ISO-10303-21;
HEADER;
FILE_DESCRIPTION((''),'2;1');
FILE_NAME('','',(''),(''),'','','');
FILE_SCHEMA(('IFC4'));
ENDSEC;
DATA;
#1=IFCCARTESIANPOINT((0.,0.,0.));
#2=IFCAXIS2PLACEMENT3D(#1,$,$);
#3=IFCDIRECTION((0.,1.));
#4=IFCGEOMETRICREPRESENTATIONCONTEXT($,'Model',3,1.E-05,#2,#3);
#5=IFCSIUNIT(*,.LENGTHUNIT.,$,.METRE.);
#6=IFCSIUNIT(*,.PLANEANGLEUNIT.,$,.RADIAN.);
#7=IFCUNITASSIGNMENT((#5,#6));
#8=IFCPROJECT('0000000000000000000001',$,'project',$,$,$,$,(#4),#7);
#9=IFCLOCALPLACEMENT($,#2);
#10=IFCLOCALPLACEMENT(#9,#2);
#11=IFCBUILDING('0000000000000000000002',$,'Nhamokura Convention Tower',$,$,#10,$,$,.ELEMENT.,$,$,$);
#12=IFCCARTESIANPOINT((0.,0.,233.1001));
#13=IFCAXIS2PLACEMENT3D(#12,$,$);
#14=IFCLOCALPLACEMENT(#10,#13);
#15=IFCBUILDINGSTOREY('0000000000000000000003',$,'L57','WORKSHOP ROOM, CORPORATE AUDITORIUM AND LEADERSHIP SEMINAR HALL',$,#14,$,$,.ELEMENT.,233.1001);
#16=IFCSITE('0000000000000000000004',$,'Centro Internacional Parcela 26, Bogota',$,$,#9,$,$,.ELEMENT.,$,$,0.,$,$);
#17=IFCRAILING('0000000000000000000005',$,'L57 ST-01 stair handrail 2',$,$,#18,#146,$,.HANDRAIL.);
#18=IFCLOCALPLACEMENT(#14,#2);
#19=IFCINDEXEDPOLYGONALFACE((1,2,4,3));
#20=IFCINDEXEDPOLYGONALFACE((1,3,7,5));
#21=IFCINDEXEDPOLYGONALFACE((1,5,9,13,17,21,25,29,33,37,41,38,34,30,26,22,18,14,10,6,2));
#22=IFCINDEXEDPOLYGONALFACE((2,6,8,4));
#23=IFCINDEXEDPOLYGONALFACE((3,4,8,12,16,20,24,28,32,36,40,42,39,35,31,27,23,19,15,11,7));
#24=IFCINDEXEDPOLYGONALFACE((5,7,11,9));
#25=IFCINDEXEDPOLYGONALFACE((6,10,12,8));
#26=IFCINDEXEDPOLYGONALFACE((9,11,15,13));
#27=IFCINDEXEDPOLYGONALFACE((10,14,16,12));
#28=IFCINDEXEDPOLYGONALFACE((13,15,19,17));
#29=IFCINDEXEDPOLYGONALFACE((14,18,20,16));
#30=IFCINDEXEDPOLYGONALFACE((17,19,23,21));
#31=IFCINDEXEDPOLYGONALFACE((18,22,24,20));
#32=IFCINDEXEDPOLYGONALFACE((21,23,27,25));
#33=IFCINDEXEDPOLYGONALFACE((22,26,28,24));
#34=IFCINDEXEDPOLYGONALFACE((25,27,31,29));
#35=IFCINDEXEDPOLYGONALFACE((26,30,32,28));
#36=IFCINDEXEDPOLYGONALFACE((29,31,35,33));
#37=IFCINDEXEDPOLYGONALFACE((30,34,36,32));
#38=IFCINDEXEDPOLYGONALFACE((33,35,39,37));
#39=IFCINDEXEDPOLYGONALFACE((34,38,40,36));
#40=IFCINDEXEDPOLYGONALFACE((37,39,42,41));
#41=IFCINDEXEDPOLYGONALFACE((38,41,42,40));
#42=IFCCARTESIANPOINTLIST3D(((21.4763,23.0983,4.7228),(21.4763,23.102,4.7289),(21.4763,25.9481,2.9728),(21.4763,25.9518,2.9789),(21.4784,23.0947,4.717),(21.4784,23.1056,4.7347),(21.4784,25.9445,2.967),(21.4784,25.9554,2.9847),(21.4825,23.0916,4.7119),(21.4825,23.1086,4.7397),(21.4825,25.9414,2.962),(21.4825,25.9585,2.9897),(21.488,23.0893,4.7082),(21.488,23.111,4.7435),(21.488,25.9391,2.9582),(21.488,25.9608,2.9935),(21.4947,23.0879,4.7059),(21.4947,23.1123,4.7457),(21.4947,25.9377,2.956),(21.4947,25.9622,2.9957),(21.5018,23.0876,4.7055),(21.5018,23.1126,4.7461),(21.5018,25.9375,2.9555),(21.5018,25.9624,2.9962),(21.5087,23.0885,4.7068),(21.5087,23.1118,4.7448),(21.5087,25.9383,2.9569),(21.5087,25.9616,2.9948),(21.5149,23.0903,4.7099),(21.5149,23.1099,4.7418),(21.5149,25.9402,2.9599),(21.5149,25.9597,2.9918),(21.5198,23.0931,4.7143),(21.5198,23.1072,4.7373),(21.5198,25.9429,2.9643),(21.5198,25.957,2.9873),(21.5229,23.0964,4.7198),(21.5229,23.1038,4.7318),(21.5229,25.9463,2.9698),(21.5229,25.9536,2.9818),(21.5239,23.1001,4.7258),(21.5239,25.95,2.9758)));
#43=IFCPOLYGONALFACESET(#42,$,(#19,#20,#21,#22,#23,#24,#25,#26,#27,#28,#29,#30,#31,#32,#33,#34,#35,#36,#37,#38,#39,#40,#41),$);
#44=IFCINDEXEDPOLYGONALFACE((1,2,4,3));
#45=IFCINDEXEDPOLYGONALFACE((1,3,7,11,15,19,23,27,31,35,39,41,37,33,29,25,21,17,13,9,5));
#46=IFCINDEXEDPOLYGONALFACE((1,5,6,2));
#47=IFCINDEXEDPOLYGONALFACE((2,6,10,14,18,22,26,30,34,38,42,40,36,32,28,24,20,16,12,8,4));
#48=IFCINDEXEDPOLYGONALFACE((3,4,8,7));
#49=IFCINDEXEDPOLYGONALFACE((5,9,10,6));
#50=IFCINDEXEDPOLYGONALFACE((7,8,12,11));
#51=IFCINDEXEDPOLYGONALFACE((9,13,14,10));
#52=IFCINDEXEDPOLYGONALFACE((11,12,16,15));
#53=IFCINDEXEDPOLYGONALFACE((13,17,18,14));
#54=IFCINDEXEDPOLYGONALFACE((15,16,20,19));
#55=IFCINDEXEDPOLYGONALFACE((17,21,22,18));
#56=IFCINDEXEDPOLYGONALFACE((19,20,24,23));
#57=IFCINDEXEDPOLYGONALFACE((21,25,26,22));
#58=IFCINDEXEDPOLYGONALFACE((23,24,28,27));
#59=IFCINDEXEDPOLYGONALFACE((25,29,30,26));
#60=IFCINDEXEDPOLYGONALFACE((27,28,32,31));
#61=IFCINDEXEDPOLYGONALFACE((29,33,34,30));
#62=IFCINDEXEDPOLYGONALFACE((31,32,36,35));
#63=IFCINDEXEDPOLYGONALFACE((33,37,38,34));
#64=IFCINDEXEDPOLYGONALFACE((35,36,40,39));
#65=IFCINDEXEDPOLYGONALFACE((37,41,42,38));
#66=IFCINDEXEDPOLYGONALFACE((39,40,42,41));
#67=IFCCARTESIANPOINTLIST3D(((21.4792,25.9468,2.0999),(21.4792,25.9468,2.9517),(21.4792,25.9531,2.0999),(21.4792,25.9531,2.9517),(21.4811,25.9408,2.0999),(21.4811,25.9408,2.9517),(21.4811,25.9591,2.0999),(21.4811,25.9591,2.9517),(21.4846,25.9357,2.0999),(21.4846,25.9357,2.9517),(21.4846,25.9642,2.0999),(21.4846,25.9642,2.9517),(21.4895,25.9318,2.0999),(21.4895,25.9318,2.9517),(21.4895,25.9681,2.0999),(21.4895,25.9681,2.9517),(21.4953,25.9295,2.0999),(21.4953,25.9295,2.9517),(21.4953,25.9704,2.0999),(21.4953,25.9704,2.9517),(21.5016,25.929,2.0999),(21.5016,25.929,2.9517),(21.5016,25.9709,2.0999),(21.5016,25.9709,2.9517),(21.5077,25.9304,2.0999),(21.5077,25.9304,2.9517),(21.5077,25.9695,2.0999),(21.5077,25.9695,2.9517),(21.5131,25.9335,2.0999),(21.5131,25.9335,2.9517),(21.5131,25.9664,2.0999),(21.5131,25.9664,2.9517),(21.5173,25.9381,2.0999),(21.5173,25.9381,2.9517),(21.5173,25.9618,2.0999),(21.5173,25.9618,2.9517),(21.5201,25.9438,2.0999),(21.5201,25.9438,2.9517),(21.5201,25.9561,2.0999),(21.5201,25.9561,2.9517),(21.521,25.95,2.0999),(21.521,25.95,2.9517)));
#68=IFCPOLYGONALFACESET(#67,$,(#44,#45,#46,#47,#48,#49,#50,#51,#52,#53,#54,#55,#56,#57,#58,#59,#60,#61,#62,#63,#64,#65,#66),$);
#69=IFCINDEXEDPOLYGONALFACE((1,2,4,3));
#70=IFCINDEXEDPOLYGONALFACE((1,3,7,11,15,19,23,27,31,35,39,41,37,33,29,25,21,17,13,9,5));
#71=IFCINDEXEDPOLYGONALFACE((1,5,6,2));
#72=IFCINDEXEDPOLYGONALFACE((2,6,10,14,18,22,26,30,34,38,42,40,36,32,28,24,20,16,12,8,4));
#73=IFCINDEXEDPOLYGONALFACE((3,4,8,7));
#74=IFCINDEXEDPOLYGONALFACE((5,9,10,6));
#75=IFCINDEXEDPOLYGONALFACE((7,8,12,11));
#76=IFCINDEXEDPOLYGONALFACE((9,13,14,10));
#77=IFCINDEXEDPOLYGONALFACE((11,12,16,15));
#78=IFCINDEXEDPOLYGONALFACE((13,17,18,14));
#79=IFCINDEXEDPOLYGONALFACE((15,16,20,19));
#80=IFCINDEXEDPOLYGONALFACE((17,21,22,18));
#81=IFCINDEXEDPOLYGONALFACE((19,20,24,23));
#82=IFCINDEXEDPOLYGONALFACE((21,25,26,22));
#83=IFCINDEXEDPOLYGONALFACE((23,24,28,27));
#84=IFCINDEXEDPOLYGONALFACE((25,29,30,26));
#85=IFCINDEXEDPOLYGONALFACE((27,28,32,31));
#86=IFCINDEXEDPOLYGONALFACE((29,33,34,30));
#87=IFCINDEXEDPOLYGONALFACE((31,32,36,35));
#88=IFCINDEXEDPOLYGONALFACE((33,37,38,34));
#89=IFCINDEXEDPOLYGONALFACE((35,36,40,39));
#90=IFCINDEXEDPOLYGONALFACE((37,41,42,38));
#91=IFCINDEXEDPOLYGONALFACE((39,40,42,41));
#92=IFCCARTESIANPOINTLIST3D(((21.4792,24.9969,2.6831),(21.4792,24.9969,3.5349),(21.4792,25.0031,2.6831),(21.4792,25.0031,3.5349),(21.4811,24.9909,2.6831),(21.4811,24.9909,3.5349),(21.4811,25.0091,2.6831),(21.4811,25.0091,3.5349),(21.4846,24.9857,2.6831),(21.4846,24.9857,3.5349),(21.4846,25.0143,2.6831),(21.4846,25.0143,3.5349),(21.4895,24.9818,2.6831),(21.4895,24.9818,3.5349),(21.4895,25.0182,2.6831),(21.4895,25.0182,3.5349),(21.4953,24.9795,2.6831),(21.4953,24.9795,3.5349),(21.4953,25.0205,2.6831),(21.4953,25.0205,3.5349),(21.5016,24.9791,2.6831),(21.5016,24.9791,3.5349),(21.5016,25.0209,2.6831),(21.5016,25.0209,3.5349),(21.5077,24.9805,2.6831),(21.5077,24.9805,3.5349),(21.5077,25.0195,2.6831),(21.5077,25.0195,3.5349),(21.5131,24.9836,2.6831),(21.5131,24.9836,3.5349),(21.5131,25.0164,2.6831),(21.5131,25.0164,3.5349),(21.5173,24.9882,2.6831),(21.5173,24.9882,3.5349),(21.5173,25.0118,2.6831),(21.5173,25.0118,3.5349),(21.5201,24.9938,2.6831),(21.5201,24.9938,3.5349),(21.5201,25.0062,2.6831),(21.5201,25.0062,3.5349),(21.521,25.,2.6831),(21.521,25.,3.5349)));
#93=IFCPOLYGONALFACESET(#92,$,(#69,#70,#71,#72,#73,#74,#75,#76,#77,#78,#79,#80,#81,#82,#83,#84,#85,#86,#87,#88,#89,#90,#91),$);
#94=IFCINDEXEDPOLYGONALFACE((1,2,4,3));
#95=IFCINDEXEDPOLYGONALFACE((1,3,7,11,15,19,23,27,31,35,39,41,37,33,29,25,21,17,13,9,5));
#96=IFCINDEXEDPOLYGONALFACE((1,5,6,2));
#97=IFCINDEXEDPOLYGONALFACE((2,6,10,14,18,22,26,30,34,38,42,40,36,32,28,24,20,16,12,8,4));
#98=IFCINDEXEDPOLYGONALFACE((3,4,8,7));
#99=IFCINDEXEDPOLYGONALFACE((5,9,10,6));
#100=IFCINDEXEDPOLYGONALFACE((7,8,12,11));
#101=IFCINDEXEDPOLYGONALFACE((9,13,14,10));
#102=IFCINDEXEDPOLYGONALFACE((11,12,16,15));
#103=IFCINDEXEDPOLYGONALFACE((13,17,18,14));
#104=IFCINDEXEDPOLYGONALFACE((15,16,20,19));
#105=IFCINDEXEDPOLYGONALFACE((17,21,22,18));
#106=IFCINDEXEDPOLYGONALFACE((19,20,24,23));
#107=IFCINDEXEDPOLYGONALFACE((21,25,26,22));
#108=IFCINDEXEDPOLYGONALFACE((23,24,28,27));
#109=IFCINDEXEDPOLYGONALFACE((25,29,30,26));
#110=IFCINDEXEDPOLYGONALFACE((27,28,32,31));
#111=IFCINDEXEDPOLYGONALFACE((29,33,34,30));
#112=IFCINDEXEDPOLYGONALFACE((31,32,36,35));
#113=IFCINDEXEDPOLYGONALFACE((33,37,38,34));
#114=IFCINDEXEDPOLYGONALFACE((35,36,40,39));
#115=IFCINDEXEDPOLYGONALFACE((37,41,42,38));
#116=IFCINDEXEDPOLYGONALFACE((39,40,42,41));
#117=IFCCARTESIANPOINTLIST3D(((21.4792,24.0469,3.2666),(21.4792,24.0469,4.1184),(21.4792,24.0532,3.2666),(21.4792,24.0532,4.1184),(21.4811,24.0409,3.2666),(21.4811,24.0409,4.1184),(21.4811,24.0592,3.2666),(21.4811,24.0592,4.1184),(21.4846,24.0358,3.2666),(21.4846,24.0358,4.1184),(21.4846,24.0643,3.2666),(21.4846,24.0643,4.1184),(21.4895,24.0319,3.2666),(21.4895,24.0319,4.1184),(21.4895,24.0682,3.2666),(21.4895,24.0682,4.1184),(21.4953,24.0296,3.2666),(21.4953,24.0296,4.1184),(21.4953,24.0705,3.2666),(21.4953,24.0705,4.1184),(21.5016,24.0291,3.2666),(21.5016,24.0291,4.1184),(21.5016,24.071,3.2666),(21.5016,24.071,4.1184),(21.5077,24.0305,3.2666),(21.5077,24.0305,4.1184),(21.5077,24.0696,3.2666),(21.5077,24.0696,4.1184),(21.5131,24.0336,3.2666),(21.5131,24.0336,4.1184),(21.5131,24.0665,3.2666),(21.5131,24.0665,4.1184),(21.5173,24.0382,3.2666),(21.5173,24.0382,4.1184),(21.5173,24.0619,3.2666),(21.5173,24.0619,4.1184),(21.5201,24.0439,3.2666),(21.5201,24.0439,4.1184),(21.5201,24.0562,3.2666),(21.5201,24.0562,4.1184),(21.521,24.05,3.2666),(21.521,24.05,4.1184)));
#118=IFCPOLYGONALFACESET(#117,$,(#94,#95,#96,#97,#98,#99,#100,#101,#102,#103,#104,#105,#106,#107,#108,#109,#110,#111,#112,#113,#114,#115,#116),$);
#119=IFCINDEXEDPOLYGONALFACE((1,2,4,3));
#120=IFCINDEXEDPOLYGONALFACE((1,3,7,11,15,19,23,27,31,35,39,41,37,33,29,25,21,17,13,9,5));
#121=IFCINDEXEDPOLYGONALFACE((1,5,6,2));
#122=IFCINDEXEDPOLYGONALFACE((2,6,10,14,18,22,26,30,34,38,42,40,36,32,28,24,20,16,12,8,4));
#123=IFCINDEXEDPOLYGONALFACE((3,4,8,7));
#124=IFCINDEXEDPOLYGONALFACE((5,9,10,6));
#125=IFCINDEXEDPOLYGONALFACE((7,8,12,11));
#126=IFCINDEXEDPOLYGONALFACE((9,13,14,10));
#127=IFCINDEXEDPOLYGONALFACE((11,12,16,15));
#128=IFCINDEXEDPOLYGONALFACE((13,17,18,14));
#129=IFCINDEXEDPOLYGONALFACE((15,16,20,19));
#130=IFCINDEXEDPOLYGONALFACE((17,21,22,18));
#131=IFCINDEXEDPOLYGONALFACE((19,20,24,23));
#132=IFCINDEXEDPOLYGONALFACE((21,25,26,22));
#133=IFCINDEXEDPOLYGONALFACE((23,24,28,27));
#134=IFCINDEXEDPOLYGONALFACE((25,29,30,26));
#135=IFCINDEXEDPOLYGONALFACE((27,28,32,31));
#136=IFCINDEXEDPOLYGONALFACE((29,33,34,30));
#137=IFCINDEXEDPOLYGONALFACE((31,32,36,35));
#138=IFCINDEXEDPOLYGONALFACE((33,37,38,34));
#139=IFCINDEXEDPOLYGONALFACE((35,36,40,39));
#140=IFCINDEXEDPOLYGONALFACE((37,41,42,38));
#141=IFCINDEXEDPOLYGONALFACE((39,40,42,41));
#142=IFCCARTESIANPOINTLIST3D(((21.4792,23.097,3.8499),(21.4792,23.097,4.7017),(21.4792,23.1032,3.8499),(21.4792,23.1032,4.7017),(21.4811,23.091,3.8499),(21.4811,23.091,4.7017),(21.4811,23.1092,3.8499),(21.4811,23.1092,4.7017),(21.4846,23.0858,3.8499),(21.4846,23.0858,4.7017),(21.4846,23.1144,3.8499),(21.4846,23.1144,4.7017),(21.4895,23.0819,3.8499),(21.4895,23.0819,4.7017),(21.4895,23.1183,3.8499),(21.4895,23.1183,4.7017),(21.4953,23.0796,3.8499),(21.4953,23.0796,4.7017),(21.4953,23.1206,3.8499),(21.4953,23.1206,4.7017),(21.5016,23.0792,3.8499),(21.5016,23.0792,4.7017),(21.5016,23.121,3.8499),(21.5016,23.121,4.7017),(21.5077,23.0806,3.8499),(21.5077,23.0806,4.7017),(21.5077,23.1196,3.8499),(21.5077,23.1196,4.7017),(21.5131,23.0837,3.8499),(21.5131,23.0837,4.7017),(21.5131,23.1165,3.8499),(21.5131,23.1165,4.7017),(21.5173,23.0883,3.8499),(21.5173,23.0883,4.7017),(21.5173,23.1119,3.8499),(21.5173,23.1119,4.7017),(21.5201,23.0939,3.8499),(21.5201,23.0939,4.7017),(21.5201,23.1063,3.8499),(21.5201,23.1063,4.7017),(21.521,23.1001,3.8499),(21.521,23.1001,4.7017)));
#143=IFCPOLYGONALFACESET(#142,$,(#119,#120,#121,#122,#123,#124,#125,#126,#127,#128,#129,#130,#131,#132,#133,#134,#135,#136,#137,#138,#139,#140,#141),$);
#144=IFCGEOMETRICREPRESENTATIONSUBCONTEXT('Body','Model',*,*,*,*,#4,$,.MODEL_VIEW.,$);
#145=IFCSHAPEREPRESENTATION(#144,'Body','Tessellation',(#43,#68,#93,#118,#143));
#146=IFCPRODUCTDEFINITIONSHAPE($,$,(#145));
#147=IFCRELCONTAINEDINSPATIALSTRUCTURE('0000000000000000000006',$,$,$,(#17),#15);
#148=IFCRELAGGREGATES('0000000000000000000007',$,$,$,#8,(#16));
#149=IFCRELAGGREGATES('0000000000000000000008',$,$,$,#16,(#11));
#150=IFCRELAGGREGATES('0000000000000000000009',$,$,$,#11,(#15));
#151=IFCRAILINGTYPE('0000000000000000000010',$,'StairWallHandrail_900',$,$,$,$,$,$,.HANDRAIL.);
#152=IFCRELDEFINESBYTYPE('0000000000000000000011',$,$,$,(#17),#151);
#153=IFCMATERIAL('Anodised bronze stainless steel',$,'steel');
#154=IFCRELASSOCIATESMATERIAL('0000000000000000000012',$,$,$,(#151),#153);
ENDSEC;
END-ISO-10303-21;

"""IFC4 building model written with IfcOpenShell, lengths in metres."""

from ifc_helpers import new_model, si_unit, direction, frame, origin, origin_2d, place, context, subcontext, project, spatial, circle, extrude, material, type_object, element, save


model = new_model("IFC4")

# Units and contexts
model_context = context("Model", 3, precision=1e-05, world=origin(), true_north=direction((0.0, 1.0)))
body_context = subcontext(model_context, "Body", "Model", "MODEL_VIEW")
ifc_project = project(units=[si_unit("LENGTHUNIT", "METRE"), si_unit("PLANEANGLEUNIT", "RADIAN")], contexts=[model_context])

# Site, building, storey
site_placement = place(None, origin())
site = spatial("IfcSite", under=ifc_project, at=site_placement, Name="Centro Internacional Parcela 26, Bogota", CompositionType="ELEMENT", RefElevation=0.0)
building_placement = place(site_placement, origin())
building = spatial("IfcBuilding", under=site, at=building_placement, Name="Nhamokura Convention Tower", CompositionType="ELEMENT")
storey_placement = place(building_placement, frame((0.0, 0.0, 233.1001)))
storey = spatial("IfcBuildingStorey", under=building, at=storey_placement, Name="L57", Description="WORKSHOP ROOM, CORPORATE AUDITORIUM AND LEADERSHIP SEMINAR HALL", CompositionType="ELEMENT", Elevation=233.1001)

# Railing
ifc_material_1 = material(Name="Anodised bronze stainless steel", Category="steel")
railing_type_1 = type_object("IfcRailingType", Name="StairWallHandrail_900", PredefinedType="HANDRAIL", material=ifc_material_1)
railing_1_placement = place(storey_placement, frame((21.5, 25.95, 2.0999)))
element("IfcRailing", 1, at=railing_1_placement, inside=storey, type_object=railing_type_1, Name="L57 ST-01 stair handrail 2", PredefinedType="HANDRAIL", context=body_context, shape_type="SweptSolid", body=[
    extrude(circle(Radius=0.0239, at=origin_2d()), frame((0.0, 0.0, 0.876), z_axis=(0.0, -0.852159, 0.523283), x_axis=(1.0, 0.0, 0.0)), (0.0, 0.0, 1.0), 3.3442),
    extrude(circle(Radius=0.021, at=origin_2d()), origin(), (0.0, 0.0, 1.0), 0.8518),
    extrude(circle(Radius=0.021, at=origin_2d()), frame((0.0, -0.95, 0.5833)), (0.0, 0.0, 1.0), 0.8518),
    extrude(circle(Radius=0.021, at=origin_2d()), frame((0.0, -1.8999, 1.1667)), (0.0, 0.0, 1.0), 0.8518),
    extrude(circle(Radius=0.021, at=origin_2d()), frame((0.0, -2.8499, 1.75)), (0.0, 0.0, 1.0), 0.8518),
])

save(model, "model.ifc")
